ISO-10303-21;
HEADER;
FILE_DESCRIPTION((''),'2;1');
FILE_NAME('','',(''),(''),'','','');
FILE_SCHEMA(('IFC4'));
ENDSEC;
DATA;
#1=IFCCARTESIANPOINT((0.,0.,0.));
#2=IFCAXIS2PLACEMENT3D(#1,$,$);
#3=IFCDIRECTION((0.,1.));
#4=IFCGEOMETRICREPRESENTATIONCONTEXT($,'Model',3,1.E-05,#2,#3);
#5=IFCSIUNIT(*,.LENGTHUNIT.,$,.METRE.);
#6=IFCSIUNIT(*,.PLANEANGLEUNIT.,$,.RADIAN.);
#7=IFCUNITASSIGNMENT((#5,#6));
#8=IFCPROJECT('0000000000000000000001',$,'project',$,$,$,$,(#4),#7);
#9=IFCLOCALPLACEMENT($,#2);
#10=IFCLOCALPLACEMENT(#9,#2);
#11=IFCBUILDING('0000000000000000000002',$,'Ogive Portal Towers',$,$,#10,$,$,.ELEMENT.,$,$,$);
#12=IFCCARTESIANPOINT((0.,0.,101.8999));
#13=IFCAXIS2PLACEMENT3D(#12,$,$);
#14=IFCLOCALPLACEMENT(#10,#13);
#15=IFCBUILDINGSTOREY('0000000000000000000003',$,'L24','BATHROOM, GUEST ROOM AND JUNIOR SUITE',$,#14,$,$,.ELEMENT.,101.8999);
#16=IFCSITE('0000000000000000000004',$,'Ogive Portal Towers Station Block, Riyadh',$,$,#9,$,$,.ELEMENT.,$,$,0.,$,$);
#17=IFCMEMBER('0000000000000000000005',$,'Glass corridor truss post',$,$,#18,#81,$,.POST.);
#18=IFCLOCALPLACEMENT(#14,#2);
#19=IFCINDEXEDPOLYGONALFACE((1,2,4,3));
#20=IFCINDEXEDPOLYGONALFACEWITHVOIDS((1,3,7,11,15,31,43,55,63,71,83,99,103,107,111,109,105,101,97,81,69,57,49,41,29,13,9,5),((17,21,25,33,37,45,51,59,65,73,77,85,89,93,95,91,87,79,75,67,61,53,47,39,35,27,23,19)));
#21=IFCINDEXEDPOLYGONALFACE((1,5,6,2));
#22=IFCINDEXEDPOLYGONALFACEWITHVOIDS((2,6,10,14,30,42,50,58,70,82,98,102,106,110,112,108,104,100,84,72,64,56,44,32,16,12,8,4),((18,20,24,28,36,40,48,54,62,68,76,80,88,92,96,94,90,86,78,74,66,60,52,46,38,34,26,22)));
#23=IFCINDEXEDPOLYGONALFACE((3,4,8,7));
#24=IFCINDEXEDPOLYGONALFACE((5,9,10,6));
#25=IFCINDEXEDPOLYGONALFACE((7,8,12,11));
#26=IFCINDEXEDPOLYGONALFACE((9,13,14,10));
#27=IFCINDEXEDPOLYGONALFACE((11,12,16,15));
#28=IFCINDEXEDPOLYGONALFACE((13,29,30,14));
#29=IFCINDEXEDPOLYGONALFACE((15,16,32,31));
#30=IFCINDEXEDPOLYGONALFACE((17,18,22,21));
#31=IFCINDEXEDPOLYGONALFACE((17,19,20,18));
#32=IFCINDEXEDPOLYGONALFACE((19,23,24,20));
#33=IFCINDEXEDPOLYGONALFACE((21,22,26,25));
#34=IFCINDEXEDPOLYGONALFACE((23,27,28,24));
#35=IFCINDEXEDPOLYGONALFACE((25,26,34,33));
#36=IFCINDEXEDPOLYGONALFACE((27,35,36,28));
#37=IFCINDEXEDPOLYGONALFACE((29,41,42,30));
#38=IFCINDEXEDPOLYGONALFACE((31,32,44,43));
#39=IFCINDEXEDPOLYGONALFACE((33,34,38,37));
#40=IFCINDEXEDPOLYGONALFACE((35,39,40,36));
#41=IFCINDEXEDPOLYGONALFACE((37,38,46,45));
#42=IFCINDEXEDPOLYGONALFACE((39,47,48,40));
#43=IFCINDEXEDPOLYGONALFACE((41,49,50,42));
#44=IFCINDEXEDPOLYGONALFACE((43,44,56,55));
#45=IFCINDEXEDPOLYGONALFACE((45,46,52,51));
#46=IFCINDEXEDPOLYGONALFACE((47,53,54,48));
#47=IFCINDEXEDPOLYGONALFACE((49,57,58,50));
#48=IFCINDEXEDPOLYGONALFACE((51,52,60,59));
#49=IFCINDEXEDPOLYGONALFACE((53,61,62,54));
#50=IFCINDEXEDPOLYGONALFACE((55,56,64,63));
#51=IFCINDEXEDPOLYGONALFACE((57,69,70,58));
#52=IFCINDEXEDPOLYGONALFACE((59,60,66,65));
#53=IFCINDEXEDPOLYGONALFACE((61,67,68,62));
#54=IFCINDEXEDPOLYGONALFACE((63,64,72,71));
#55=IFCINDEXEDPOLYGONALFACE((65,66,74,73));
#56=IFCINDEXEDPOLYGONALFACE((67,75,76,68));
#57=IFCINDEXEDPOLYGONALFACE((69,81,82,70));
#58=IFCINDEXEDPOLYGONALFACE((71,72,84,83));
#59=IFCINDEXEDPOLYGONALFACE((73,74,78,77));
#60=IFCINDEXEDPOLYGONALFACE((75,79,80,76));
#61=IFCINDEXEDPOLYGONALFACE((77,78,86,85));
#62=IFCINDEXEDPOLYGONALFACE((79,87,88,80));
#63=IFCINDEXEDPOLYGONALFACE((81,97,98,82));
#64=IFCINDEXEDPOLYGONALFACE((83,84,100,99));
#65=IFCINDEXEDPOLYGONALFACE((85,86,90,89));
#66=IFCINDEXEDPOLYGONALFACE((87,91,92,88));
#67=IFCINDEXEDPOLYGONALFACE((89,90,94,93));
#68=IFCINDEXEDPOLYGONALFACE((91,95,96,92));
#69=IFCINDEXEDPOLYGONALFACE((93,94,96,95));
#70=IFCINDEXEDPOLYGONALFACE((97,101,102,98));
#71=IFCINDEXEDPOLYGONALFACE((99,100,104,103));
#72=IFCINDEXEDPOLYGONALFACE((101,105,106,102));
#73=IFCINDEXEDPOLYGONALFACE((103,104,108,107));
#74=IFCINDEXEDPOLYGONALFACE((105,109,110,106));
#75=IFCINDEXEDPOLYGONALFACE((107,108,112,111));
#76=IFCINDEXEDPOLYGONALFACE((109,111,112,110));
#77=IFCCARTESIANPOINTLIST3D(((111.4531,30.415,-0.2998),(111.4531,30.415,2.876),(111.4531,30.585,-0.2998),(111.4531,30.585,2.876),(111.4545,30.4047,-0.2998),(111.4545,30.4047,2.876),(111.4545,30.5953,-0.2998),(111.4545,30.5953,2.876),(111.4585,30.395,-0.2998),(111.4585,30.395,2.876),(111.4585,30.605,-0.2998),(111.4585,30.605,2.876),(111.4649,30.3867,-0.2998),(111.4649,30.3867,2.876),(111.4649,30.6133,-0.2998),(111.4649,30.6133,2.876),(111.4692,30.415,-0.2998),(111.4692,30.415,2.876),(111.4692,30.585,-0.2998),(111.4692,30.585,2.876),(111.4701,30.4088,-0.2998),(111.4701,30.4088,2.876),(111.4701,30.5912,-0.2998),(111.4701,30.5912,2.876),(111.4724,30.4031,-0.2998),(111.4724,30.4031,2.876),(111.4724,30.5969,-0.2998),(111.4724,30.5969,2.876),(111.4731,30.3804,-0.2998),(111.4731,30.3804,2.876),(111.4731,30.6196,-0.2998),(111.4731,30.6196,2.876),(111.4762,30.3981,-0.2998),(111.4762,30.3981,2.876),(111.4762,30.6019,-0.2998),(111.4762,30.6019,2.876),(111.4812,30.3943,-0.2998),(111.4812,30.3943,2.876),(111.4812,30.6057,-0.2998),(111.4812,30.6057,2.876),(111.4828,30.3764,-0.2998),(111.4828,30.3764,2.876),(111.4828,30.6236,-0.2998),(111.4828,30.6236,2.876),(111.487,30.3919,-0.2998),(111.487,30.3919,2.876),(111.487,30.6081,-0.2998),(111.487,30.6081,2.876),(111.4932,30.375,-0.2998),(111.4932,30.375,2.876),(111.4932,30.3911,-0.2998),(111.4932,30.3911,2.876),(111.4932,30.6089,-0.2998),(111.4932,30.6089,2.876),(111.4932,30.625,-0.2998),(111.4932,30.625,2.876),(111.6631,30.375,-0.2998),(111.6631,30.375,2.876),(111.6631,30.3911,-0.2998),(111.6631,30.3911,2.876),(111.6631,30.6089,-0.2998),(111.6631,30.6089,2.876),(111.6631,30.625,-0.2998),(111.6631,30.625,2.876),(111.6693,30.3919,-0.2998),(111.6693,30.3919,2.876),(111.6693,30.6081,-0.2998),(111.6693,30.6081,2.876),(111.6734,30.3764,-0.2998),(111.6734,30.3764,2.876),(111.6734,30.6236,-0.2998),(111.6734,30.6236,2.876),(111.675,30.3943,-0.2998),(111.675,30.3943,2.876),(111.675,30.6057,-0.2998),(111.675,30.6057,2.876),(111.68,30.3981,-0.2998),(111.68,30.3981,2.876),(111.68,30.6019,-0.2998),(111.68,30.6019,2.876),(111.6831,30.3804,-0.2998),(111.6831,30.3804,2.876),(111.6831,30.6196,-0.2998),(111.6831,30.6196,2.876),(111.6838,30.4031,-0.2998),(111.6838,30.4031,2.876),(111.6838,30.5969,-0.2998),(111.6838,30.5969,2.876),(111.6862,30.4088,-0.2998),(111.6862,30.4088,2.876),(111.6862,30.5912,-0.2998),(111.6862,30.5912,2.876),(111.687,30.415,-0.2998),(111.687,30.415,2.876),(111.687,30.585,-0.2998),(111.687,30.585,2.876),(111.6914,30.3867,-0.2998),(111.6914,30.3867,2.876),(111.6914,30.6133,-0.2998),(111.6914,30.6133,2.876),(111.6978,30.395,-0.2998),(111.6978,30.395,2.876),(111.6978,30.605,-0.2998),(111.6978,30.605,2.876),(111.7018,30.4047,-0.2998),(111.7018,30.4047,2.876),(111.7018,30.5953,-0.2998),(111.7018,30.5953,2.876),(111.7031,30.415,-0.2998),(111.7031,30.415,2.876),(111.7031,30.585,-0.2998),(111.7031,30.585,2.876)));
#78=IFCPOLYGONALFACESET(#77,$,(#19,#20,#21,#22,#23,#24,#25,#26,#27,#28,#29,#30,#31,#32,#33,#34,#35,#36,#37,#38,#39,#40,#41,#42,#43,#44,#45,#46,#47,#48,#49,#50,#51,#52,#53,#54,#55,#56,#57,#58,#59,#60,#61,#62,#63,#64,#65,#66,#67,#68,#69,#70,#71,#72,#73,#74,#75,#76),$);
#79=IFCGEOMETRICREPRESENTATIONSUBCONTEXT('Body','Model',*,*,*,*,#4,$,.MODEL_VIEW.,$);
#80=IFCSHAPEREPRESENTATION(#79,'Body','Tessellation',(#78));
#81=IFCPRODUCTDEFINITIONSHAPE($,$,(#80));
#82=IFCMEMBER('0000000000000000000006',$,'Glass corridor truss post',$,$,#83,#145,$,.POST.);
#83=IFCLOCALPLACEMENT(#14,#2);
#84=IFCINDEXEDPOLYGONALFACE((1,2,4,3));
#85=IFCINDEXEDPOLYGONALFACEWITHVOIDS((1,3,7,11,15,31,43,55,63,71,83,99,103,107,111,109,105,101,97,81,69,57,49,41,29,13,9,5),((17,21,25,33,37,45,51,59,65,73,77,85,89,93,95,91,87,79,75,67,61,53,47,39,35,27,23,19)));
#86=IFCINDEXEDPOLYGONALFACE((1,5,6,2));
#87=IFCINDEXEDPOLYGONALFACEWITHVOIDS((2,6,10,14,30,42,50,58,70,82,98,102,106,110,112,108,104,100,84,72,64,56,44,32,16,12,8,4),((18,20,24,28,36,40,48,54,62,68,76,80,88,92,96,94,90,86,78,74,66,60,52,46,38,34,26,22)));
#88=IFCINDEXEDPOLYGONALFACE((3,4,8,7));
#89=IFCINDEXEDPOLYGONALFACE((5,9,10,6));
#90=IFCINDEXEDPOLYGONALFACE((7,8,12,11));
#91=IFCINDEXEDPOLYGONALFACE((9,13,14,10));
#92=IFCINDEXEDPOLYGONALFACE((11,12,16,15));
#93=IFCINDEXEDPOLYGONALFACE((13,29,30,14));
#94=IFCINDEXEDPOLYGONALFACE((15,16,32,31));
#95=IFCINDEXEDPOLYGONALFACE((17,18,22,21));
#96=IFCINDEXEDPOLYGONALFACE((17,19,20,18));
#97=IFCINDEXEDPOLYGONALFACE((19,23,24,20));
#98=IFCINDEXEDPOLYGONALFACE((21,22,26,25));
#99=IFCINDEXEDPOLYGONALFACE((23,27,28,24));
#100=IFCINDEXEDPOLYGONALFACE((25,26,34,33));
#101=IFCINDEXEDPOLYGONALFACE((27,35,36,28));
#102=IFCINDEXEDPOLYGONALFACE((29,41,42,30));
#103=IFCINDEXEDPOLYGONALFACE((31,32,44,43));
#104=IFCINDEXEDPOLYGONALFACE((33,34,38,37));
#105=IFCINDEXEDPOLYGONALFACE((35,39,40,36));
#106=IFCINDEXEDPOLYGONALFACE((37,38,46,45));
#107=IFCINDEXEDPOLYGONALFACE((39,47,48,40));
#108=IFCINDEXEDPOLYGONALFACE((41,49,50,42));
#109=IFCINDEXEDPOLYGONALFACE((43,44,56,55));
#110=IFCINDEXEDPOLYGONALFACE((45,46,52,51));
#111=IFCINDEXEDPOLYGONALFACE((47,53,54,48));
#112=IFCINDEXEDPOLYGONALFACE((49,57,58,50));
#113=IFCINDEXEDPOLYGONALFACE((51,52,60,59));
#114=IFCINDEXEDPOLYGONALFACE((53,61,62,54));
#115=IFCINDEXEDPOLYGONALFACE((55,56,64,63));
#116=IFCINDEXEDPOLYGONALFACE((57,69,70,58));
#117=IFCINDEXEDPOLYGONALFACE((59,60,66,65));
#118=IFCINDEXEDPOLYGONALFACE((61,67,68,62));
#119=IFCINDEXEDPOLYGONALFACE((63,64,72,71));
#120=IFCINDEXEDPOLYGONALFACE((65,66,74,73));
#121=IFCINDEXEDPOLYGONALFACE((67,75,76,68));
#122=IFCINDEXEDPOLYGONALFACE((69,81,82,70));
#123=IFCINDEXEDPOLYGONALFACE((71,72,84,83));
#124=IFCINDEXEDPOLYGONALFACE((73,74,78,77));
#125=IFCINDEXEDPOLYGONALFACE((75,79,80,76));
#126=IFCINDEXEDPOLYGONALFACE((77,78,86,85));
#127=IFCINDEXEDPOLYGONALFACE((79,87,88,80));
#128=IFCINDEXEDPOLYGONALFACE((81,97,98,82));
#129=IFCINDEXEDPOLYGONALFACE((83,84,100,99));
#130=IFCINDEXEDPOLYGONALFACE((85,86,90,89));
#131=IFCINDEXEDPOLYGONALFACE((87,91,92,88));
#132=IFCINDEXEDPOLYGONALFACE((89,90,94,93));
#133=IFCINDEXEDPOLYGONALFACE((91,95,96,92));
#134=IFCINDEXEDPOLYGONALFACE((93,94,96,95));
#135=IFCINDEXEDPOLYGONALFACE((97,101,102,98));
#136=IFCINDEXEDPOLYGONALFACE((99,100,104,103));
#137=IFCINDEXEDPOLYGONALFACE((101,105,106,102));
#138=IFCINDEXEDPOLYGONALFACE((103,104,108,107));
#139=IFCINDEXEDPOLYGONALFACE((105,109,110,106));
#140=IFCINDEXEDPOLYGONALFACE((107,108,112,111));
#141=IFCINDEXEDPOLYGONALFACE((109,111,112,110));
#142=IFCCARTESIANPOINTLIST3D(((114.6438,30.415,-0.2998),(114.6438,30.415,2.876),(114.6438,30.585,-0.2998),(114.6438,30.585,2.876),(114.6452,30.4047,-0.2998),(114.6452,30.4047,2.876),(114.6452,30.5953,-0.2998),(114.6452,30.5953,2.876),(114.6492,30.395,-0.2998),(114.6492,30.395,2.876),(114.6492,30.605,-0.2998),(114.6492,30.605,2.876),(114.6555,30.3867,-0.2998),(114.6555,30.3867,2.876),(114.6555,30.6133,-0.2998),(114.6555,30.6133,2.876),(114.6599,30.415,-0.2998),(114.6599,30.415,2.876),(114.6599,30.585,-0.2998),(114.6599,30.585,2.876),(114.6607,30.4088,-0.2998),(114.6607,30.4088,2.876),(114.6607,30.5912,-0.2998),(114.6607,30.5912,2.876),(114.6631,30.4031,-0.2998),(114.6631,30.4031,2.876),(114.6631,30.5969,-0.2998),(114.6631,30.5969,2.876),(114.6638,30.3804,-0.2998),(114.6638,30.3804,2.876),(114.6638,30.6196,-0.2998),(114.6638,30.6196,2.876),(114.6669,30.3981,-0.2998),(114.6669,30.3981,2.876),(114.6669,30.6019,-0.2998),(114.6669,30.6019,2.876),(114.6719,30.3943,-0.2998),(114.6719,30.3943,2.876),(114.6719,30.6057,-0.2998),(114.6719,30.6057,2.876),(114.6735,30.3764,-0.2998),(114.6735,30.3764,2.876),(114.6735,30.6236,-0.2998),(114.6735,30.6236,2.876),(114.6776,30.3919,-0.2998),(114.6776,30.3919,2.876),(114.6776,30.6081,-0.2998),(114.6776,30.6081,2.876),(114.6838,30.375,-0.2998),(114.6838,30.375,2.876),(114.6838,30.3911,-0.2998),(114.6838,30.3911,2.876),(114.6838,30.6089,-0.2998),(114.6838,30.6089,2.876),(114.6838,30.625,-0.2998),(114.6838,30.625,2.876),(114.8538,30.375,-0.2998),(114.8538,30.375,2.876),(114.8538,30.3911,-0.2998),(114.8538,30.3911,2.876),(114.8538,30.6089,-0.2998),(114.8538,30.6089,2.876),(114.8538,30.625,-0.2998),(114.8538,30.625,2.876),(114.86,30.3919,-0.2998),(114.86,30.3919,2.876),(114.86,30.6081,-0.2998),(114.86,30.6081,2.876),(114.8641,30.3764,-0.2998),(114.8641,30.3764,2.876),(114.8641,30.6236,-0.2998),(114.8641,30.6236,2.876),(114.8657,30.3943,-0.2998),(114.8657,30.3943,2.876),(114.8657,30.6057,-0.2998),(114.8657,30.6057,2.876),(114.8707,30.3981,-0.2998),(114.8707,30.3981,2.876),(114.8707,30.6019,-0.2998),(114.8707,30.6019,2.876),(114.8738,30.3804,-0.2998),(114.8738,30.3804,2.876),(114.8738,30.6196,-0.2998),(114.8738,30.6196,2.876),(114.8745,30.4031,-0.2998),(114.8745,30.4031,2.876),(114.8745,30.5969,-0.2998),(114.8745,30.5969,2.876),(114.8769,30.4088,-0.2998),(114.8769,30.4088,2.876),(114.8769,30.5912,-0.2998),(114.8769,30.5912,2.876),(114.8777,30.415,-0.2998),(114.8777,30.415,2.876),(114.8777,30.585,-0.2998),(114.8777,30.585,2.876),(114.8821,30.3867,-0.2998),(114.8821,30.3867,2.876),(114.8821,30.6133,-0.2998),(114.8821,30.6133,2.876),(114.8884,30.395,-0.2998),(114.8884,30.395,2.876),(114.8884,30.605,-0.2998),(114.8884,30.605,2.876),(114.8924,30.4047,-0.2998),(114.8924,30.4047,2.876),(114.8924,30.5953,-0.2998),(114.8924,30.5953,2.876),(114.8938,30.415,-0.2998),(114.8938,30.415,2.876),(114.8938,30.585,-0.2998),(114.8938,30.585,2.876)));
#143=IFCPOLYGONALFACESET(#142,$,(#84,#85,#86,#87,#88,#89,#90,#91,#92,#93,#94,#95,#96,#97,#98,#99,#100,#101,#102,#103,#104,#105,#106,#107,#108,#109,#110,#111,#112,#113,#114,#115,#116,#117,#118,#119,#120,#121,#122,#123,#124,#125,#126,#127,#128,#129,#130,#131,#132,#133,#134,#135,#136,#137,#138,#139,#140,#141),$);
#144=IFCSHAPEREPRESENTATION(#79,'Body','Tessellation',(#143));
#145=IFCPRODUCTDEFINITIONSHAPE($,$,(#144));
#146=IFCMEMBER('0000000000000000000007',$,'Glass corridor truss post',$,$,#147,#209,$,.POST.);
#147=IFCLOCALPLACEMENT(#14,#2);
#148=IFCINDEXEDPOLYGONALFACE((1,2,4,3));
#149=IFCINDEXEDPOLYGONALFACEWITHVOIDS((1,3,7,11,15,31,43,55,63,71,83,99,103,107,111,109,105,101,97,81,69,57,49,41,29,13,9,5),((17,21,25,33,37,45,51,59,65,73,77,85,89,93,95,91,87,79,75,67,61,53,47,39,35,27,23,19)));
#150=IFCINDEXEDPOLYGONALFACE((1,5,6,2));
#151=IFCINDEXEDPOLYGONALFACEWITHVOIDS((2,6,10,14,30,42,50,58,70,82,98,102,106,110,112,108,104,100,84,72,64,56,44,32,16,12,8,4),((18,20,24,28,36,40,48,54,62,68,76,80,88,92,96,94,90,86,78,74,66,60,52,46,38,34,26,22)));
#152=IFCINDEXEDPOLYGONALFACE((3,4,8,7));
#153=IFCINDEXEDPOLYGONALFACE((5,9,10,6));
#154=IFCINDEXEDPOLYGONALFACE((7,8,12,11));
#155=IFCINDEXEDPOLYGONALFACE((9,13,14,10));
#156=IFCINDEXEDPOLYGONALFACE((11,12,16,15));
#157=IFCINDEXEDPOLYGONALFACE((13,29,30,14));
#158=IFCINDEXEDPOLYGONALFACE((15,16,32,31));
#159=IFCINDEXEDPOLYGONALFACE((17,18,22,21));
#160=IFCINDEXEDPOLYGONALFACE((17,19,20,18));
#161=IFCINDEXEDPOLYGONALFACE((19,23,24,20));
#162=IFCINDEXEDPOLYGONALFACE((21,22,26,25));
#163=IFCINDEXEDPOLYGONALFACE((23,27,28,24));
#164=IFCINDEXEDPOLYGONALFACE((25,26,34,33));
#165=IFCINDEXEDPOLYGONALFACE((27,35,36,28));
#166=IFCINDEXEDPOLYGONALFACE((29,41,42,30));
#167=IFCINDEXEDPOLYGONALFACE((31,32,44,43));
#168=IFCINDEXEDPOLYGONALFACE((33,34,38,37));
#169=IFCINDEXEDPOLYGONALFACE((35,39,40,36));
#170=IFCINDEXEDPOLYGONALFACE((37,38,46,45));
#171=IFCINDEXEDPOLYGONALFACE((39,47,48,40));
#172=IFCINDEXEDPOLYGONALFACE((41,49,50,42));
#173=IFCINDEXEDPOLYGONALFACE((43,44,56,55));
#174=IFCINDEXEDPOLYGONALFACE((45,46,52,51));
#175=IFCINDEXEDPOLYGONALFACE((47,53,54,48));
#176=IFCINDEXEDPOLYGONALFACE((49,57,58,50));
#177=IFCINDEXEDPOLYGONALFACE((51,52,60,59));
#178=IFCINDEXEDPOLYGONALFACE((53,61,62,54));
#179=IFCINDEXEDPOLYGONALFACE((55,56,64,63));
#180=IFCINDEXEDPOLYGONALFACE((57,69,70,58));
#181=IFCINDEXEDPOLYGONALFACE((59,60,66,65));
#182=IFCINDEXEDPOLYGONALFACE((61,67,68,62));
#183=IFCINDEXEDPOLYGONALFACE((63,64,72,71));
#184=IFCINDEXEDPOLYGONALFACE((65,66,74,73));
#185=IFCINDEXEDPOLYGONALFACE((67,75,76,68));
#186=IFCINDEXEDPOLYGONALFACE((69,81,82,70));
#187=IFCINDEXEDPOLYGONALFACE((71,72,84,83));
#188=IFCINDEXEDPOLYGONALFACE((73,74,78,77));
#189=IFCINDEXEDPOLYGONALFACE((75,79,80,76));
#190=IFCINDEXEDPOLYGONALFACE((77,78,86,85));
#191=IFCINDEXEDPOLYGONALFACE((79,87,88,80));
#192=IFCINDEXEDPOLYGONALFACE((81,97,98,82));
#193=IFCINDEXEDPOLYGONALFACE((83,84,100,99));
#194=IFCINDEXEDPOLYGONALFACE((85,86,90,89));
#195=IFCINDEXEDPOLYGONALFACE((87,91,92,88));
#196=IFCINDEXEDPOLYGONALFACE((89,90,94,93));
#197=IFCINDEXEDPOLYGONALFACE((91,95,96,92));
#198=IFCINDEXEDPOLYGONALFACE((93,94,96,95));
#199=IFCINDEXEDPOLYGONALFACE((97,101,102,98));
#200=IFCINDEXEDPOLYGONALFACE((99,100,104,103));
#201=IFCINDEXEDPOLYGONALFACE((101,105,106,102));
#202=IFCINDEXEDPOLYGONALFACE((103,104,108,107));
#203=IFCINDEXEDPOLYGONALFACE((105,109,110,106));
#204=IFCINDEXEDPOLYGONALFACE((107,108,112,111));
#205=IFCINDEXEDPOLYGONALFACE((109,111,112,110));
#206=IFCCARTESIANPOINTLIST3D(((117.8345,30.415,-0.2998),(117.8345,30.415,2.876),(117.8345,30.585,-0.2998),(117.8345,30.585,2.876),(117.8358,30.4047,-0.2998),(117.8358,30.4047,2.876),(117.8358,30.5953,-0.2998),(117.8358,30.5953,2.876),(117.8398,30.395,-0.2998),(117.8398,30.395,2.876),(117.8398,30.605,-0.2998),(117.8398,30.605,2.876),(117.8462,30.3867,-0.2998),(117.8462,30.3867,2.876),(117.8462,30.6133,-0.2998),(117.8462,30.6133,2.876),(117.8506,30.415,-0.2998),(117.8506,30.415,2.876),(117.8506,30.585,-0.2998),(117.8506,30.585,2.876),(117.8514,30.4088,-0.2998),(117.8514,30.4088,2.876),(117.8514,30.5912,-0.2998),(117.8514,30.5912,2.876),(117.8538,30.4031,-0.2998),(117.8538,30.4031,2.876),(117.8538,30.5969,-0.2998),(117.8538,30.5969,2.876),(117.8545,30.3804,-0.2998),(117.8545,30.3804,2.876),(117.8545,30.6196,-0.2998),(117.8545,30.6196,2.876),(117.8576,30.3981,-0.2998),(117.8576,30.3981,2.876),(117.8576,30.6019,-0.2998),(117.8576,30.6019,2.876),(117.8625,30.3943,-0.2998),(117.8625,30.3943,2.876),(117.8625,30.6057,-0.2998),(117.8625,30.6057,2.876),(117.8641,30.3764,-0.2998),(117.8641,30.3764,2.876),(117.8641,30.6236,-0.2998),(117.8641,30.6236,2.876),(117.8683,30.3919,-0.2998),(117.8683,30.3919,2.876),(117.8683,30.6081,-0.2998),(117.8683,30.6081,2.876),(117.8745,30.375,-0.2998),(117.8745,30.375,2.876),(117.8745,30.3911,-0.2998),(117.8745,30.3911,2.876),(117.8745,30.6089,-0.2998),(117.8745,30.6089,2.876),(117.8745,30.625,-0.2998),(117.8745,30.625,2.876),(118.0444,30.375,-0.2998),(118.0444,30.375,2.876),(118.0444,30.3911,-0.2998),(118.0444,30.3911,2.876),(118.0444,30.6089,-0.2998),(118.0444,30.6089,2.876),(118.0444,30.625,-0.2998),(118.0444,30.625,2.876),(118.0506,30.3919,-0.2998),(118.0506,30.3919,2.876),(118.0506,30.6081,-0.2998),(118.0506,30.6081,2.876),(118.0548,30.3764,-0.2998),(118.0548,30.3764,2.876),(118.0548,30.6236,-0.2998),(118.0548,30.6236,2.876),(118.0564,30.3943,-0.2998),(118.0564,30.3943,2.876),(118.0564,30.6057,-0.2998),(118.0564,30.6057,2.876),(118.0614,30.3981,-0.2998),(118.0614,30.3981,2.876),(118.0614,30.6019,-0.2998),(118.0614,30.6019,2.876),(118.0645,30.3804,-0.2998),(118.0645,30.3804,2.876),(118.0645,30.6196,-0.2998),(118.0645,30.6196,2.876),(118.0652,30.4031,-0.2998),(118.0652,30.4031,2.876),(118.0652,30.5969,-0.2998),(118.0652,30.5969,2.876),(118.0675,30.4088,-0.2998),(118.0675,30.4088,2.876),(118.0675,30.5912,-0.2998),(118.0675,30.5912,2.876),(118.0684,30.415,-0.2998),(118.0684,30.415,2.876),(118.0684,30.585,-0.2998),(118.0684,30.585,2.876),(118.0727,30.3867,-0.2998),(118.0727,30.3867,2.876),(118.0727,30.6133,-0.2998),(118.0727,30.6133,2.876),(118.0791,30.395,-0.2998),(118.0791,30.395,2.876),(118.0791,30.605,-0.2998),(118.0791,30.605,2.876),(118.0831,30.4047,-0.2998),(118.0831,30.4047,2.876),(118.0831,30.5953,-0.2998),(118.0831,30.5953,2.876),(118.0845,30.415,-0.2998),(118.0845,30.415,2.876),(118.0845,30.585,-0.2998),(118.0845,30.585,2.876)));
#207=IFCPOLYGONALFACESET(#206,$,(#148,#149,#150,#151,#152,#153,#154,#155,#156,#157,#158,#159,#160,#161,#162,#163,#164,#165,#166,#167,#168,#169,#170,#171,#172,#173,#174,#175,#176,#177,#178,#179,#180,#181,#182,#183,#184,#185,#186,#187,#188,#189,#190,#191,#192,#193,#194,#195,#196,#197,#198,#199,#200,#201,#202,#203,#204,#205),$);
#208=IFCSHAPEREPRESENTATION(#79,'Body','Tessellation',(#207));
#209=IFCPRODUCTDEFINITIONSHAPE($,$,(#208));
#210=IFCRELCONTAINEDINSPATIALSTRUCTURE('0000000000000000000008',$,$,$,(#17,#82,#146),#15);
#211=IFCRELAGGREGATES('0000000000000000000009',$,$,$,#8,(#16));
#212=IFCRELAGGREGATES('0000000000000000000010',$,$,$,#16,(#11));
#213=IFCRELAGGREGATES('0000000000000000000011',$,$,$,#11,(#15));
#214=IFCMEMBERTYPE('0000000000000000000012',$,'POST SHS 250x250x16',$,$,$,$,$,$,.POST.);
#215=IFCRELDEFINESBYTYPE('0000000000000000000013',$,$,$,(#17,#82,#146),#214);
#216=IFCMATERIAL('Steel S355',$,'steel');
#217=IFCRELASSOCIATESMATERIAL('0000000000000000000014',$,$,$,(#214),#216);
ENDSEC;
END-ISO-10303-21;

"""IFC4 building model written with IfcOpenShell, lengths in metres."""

from ifc_helpers import new_model, si_unit, direction, frame, origin, origin_2d, place, context, subcontext, project, spatial, hollow_rectangle, extrude, material, material_profile, profile_set, type_object, element, save


model = new_model("IFC4")

# Units and contexts
model_context = context("Model", 3, precision=1e-05, world=origin(), true_north=direction((0.0, 1.0)))
body_context = subcontext(model_context, "Body", "Model", "MODEL_VIEW")
ifc_project = project(units=[si_unit("LENGTHUNIT", "METRE"), si_unit("PLANEANGLEUNIT", "RADIAN")], contexts=[model_context])

# Site, building, storey
site_placement = place(None, origin())
site = spatial("IfcSite", under=ifc_project, at=site_placement, Name="Ogive Portal Towers Station Block, Riyadh", CompositionType="ELEMENT", RefElevation=0.0)
building_placement = place(site_placement, origin())
building = spatial("IfcBuilding", under=site, at=building_placement, Name="Ogive Portal Towers", CompositionType="ELEMENT")
storey_placement = place(building_placement, frame((0.0, 0.0, 101.8999)))
storey = spatial("IfcBuildingStorey", under=building, at=storey_placement, Name="L24", Description="BATHROOM, GUEST ROOM AND JUNIOR SUITE", CompositionType="ELEMENT", Elevation=101.8999)

# Shared definitions
ifc_material_1 = material(Name="Steel S355", Category="steel")

# Members
ifc_material_profile_1 = material_profile(ifc_material_1, hollow_rectangle(XDim=0.25, YDim=0.25, WallThickness=0.0161, InnerFilletRadius=0.0239, OuterFilletRadius=0.04, at=origin_2d()), Name="SHS 250x250x16")
ifc_profile_set_1 = profile_set([ifc_material_profile_1], Name="Steel S355")
member_type_1 = type_object("IfcMemberType", Name="POST SHS 250x250x16", PredefinedType="POST", material=ifc_profile_set_1)
for number, where, z_axis, x_axis, name in (
    (1, (111.5781, 30.5, -0.2998), (0.0, 0.0, 1.0), (1.0, 0.0, 0.0), "Glass corridor truss post"),
    (2, (114.7688, 30.5, -0.2998), (0.0, 0.0, 1.0), (1.0, 0.0, 0.0), "Glass corridor truss post"),
    (3, (117.9595, 30.5, -0.2998), (0.0, 0.0, 1.0), (1.0, 0.0, 0.0), "Glass corridor truss post"),
):
    element("IfcMember", number, at=place(storey_placement, frame(where, z_axis=z_axis, x_axis=x_axis)), inside=storey, type_object=member_type_1, Name=name, PredefinedType="POST", context=body_context, shape_type="SweptSolid", body=[
        extrude(hollow_rectangle(XDim=0.25, YDim=0.25, WallThickness=0.0161, InnerFilletRadius=0.0239, OuterFilletRadius=0.04, at=origin_2d()), origin(), (0.0, 0.0, 1.0), 3.1758),
    ])

save(model, "model.ifc")
